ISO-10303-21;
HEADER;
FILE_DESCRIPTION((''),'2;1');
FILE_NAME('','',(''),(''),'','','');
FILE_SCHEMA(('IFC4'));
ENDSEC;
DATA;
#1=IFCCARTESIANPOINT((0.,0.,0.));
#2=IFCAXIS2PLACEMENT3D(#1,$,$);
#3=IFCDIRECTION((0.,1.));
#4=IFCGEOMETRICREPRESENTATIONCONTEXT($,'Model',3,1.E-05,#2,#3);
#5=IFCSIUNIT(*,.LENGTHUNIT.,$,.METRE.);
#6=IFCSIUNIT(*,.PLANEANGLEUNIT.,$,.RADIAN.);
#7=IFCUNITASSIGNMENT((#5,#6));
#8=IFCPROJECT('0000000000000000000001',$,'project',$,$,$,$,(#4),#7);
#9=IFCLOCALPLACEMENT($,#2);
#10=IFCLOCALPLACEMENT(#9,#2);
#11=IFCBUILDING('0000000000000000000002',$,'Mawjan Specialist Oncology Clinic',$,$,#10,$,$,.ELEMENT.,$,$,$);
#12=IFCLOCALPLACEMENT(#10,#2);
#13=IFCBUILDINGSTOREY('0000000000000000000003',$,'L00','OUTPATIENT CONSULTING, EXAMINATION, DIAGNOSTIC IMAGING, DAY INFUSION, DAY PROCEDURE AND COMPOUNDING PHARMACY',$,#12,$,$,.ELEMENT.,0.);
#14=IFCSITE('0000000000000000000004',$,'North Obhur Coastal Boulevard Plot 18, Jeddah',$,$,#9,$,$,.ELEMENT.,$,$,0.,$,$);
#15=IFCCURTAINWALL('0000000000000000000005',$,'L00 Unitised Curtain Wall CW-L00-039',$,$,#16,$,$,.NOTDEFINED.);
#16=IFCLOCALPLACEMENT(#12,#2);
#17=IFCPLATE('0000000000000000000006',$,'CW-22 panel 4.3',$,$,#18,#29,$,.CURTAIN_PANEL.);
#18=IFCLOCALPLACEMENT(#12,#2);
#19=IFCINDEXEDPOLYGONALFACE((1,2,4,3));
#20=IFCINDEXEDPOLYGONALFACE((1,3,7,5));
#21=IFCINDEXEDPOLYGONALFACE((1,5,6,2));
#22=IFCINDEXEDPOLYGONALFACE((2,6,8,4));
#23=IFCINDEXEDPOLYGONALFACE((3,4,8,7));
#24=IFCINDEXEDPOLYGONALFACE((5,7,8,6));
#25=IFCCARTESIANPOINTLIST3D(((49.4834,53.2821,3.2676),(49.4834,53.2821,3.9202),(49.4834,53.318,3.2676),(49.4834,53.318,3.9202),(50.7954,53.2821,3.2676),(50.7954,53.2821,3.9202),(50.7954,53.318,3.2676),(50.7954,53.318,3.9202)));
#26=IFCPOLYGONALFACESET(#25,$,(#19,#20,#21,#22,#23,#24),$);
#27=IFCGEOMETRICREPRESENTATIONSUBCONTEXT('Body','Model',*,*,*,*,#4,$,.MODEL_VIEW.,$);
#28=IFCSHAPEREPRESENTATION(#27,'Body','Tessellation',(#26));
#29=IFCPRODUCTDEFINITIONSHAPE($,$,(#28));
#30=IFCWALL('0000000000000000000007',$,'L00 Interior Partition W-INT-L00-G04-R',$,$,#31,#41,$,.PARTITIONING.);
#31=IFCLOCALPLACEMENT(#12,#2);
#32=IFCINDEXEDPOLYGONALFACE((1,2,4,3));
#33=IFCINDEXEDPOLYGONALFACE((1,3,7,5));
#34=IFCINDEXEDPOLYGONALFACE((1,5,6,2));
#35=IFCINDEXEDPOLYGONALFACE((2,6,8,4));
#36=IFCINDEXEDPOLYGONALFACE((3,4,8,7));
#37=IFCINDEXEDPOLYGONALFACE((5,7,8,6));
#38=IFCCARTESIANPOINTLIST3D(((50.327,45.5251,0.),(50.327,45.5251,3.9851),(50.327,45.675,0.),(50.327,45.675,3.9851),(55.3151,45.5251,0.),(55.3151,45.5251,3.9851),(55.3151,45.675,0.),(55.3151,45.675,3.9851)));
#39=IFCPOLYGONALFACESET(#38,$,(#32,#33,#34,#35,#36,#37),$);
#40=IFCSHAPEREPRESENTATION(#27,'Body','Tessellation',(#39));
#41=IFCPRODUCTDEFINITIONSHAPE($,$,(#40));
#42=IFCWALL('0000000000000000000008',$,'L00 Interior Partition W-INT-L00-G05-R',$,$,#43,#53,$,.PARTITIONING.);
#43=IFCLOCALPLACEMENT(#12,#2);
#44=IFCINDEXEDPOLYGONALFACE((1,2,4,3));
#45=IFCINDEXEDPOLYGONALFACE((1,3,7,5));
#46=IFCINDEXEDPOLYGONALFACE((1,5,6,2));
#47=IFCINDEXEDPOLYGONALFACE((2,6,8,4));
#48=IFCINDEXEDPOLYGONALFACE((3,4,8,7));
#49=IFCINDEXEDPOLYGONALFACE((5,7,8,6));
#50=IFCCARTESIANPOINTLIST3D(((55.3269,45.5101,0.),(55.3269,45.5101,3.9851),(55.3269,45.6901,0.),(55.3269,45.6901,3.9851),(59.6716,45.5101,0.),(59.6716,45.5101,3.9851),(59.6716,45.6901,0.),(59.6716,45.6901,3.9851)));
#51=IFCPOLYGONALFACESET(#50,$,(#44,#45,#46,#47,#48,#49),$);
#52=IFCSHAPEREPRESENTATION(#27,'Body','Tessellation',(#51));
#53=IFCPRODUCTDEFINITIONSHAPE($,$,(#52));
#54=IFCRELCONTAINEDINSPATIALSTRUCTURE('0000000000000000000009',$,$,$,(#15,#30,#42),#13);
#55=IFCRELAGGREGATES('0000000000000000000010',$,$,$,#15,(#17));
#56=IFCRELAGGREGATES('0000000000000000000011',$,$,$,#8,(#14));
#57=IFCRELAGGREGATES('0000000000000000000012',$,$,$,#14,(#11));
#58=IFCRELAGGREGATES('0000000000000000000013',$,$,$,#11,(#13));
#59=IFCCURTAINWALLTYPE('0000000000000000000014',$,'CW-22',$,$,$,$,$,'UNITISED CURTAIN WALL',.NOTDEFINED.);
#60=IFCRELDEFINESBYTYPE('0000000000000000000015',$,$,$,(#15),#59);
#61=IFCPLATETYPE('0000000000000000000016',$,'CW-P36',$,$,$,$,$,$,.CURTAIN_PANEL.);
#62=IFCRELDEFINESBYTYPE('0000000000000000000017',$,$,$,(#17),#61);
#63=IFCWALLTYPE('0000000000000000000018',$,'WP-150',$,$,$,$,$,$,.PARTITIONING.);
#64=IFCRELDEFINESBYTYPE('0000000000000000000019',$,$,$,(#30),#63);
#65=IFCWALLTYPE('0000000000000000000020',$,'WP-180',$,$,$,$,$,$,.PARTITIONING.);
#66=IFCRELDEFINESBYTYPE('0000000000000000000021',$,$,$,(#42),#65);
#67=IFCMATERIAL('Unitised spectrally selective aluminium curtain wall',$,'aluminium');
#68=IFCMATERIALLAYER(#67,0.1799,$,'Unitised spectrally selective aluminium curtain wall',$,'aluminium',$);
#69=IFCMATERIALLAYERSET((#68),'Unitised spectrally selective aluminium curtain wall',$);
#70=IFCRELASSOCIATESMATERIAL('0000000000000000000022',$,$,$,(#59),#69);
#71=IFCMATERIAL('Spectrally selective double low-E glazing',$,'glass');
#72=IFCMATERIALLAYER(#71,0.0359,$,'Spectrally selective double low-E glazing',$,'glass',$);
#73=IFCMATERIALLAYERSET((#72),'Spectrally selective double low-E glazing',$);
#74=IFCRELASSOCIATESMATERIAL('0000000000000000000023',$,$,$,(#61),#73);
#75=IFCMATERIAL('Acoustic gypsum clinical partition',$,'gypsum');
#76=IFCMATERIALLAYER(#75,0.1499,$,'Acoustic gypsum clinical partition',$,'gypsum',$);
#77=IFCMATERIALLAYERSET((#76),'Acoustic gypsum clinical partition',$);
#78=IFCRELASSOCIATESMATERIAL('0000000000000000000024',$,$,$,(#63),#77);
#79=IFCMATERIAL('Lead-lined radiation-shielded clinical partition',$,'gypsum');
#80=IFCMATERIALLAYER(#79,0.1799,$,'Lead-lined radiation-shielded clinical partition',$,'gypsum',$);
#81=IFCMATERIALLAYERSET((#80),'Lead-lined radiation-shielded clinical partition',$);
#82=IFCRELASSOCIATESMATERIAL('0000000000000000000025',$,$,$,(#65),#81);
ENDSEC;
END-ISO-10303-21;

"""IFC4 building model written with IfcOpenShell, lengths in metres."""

from ifc_helpers import new_model, si_unit, direction, frame, frame_2d, origin, origin_2d, place, context, subcontext, project, spatial, rectangle, extrude, material, layer, layer_set, type_object, element, aggregate, save


model = new_model("IFC4")

# Units and contexts
model_context = context("Model", 3, precision=1e-05, world=origin(), true_north=direction((0.0, 1.0)))
body_context = subcontext(model_context, "Body", "Model", "MODEL_VIEW")
ifc_project = project(units=[si_unit("LENGTHUNIT", "METRE"), si_unit("PLANEANGLEUNIT", "RADIAN")], contexts=[model_context])

# Site, building, storey
site_placement = place(None, origin())
site = spatial("IfcSite", under=ifc_project, at=site_placement, Name="North Obhur Coastal Boulevard Plot 18, Jeddah", CompositionType="ELEMENT", RefElevation=0.0)
building_placement = place(site_placement, origin())
building = spatial("IfcBuilding", under=site, at=building_placement, Name="Mawjan Specialist Oncology Clinic", CompositionType="ELEMENT")
storey_placement = place(building_placement, origin())
storey = spatial("IfcBuildingStorey", under=building, at=storey_placement, Name="L00", Description="OUTPATIENT CONSULTING, EXAMINATION, DIAGNOSTIC IMAGING, DAY INFUSION, DAY PROCEDURE AND COMPOUNDING PHARMACY", CompositionType="ELEMENT", Elevation=0.0)

# Curtain wall, plate
ifc_material_1 = material(Name="Unitised spectrally selective aluminium curtain wall", Category="aluminium")
ifc_layer_1 = layer(ifc_material_1, 0.1799, Name="Unitised spectrally selective aluminium curtain wall", Category="aluminium")
ifc_layer_set_1 = layer_set([ifc_layer_1], Name="Unitised spectrally selective aluminium curtain wall")
curtain_wall_type = type_object("IfcCurtainWallType", Name="CW-22", ElementType="UNITISED CURTAIN WALL", PredefinedType="NOTDEFINED", material=ifc_layer_set_1)
curtain_wall_placement = place(storey_placement, origin())
curtain_wall = element("IfcCurtainWall", 1, at=curtain_wall_placement, inside=storey, type_object=curtain_wall_type, Name="L00 Unitised Curtain Wall CW-L00-039", PredefinedType="NOTDEFINED")
ifc_material_2 = material(Name="Spectrally selective double low-E glazing", Category="glass")
ifc_layer_2 = layer(ifc_material_2, 0.0359, Name="Spectrally selective double low-E glazing", Category="glass")
ifc_layer_set_2 = layer_set([ifc_layer_2], Name="Spectrally selective double low-E glazing")
plate_type = type_object("IfcPlateType", Name="CW-P36", PredefinedType="CURTAIN_PANEL", material=ifc_layer_set_2)
plate_1_placement = place(storey_placement, frame((50.1394, 53.3, 3.2676), z_axis=(0.0, 0.0, 1.0), x_axis=(1.0, 0.0, 0.0)))
plate_1 = element("IfcPlate", 2, at=plate_1_placement, type_object=plate_type, Name="CW-22 panel 4.3", PredefinedType="CURTAIN_PANEL", context=body_context, shape_type="SweptSolid", body=[
    extrude(rectangle(XDim=1.312, YDim=0.0359, at=origin_2d()), origin(), (0.0, 0.0, 1.0), 0.6526),
])
aggregate(curtain_wall, [plate_1])

# Walls
ifc_material_3 = material(Name="Acoustic gypsum clinical partition", Category="gypsum")
ifc_layer_3 = layer(ifc_material_3, 0.1499, Name="Acoustic gypsum clinical partition", Category="gypsum")
ifc_layer_set_3 = layer_set([ifc_layer_3], Name="Acoustic gypsum clinical partition")
wall_type_1 = type_object("IfcWallType", Name="WP-150", PredefinedType="PARTITIONING", material=ifc_layer_set_3)
wall_1_placement = place(storey_placement, frame((50.3269, 45.6001, 0.0), z_axis=(0.0, 0.0, 1.0), x_axis=(1.0, 0.0, 0.0)))
element("IfcWall", 3, at=wall_1_placement, inside=storey, type_object=wall_type_1, Name="L00 Interior Partition W-INT-L00-G04-R", PredefinedType="PARTITIONING", context=body_context, shape_type="SweptSolid", body=[
    extrude(rectangle(XDim=4.988, YDim=0.1499, at=frame_2d((2.4941, 0.0))), origin(), (0.0, 0.0, 1.0), 3.9851),
])
ifc_material_4 = material(Name="Lead-lined radiation-shielded clinical partition", Category="gypsum")
ifc_layer_4 = layer(ifc_material_4, 0.1799, Name="Lead-lined radiation-shielded clinical partition", Category="gypsum")
ifc_layer_set_4 = layer_set([ifc_layer_4], Name="Lead-lined radiation-shielded clinical partition")
wall_type_2 = type_object("IfcWallType", Name="WP-180", PredefinedType="PARTITIONING", material=ifc_layer_set_4)
wall_2_placement = place(storey_placement, frame((55.3269, 45.6001, 0.0), z_axis=(0.0, 0.0, 1.0), x_axis=(1.0, 0.0, 0.0)))
element("IfcWall", 4, at=wall_2_placement, inside=storey, type_object=wall_type_2, Name="L00 Interior Partition W-INT-L00-G05-R", PredefinedType="PARTITIONING", context=body_context, shape_type="SweptSolid", body=[
    extrude(rectangle(XDim=4.3447, YDim=0.1799, at=frame_2d((2.1724, 0.0))), origin(), (0.0, 0.0, 1.0), 3.9851),
])

save(model, "model.ifc")
